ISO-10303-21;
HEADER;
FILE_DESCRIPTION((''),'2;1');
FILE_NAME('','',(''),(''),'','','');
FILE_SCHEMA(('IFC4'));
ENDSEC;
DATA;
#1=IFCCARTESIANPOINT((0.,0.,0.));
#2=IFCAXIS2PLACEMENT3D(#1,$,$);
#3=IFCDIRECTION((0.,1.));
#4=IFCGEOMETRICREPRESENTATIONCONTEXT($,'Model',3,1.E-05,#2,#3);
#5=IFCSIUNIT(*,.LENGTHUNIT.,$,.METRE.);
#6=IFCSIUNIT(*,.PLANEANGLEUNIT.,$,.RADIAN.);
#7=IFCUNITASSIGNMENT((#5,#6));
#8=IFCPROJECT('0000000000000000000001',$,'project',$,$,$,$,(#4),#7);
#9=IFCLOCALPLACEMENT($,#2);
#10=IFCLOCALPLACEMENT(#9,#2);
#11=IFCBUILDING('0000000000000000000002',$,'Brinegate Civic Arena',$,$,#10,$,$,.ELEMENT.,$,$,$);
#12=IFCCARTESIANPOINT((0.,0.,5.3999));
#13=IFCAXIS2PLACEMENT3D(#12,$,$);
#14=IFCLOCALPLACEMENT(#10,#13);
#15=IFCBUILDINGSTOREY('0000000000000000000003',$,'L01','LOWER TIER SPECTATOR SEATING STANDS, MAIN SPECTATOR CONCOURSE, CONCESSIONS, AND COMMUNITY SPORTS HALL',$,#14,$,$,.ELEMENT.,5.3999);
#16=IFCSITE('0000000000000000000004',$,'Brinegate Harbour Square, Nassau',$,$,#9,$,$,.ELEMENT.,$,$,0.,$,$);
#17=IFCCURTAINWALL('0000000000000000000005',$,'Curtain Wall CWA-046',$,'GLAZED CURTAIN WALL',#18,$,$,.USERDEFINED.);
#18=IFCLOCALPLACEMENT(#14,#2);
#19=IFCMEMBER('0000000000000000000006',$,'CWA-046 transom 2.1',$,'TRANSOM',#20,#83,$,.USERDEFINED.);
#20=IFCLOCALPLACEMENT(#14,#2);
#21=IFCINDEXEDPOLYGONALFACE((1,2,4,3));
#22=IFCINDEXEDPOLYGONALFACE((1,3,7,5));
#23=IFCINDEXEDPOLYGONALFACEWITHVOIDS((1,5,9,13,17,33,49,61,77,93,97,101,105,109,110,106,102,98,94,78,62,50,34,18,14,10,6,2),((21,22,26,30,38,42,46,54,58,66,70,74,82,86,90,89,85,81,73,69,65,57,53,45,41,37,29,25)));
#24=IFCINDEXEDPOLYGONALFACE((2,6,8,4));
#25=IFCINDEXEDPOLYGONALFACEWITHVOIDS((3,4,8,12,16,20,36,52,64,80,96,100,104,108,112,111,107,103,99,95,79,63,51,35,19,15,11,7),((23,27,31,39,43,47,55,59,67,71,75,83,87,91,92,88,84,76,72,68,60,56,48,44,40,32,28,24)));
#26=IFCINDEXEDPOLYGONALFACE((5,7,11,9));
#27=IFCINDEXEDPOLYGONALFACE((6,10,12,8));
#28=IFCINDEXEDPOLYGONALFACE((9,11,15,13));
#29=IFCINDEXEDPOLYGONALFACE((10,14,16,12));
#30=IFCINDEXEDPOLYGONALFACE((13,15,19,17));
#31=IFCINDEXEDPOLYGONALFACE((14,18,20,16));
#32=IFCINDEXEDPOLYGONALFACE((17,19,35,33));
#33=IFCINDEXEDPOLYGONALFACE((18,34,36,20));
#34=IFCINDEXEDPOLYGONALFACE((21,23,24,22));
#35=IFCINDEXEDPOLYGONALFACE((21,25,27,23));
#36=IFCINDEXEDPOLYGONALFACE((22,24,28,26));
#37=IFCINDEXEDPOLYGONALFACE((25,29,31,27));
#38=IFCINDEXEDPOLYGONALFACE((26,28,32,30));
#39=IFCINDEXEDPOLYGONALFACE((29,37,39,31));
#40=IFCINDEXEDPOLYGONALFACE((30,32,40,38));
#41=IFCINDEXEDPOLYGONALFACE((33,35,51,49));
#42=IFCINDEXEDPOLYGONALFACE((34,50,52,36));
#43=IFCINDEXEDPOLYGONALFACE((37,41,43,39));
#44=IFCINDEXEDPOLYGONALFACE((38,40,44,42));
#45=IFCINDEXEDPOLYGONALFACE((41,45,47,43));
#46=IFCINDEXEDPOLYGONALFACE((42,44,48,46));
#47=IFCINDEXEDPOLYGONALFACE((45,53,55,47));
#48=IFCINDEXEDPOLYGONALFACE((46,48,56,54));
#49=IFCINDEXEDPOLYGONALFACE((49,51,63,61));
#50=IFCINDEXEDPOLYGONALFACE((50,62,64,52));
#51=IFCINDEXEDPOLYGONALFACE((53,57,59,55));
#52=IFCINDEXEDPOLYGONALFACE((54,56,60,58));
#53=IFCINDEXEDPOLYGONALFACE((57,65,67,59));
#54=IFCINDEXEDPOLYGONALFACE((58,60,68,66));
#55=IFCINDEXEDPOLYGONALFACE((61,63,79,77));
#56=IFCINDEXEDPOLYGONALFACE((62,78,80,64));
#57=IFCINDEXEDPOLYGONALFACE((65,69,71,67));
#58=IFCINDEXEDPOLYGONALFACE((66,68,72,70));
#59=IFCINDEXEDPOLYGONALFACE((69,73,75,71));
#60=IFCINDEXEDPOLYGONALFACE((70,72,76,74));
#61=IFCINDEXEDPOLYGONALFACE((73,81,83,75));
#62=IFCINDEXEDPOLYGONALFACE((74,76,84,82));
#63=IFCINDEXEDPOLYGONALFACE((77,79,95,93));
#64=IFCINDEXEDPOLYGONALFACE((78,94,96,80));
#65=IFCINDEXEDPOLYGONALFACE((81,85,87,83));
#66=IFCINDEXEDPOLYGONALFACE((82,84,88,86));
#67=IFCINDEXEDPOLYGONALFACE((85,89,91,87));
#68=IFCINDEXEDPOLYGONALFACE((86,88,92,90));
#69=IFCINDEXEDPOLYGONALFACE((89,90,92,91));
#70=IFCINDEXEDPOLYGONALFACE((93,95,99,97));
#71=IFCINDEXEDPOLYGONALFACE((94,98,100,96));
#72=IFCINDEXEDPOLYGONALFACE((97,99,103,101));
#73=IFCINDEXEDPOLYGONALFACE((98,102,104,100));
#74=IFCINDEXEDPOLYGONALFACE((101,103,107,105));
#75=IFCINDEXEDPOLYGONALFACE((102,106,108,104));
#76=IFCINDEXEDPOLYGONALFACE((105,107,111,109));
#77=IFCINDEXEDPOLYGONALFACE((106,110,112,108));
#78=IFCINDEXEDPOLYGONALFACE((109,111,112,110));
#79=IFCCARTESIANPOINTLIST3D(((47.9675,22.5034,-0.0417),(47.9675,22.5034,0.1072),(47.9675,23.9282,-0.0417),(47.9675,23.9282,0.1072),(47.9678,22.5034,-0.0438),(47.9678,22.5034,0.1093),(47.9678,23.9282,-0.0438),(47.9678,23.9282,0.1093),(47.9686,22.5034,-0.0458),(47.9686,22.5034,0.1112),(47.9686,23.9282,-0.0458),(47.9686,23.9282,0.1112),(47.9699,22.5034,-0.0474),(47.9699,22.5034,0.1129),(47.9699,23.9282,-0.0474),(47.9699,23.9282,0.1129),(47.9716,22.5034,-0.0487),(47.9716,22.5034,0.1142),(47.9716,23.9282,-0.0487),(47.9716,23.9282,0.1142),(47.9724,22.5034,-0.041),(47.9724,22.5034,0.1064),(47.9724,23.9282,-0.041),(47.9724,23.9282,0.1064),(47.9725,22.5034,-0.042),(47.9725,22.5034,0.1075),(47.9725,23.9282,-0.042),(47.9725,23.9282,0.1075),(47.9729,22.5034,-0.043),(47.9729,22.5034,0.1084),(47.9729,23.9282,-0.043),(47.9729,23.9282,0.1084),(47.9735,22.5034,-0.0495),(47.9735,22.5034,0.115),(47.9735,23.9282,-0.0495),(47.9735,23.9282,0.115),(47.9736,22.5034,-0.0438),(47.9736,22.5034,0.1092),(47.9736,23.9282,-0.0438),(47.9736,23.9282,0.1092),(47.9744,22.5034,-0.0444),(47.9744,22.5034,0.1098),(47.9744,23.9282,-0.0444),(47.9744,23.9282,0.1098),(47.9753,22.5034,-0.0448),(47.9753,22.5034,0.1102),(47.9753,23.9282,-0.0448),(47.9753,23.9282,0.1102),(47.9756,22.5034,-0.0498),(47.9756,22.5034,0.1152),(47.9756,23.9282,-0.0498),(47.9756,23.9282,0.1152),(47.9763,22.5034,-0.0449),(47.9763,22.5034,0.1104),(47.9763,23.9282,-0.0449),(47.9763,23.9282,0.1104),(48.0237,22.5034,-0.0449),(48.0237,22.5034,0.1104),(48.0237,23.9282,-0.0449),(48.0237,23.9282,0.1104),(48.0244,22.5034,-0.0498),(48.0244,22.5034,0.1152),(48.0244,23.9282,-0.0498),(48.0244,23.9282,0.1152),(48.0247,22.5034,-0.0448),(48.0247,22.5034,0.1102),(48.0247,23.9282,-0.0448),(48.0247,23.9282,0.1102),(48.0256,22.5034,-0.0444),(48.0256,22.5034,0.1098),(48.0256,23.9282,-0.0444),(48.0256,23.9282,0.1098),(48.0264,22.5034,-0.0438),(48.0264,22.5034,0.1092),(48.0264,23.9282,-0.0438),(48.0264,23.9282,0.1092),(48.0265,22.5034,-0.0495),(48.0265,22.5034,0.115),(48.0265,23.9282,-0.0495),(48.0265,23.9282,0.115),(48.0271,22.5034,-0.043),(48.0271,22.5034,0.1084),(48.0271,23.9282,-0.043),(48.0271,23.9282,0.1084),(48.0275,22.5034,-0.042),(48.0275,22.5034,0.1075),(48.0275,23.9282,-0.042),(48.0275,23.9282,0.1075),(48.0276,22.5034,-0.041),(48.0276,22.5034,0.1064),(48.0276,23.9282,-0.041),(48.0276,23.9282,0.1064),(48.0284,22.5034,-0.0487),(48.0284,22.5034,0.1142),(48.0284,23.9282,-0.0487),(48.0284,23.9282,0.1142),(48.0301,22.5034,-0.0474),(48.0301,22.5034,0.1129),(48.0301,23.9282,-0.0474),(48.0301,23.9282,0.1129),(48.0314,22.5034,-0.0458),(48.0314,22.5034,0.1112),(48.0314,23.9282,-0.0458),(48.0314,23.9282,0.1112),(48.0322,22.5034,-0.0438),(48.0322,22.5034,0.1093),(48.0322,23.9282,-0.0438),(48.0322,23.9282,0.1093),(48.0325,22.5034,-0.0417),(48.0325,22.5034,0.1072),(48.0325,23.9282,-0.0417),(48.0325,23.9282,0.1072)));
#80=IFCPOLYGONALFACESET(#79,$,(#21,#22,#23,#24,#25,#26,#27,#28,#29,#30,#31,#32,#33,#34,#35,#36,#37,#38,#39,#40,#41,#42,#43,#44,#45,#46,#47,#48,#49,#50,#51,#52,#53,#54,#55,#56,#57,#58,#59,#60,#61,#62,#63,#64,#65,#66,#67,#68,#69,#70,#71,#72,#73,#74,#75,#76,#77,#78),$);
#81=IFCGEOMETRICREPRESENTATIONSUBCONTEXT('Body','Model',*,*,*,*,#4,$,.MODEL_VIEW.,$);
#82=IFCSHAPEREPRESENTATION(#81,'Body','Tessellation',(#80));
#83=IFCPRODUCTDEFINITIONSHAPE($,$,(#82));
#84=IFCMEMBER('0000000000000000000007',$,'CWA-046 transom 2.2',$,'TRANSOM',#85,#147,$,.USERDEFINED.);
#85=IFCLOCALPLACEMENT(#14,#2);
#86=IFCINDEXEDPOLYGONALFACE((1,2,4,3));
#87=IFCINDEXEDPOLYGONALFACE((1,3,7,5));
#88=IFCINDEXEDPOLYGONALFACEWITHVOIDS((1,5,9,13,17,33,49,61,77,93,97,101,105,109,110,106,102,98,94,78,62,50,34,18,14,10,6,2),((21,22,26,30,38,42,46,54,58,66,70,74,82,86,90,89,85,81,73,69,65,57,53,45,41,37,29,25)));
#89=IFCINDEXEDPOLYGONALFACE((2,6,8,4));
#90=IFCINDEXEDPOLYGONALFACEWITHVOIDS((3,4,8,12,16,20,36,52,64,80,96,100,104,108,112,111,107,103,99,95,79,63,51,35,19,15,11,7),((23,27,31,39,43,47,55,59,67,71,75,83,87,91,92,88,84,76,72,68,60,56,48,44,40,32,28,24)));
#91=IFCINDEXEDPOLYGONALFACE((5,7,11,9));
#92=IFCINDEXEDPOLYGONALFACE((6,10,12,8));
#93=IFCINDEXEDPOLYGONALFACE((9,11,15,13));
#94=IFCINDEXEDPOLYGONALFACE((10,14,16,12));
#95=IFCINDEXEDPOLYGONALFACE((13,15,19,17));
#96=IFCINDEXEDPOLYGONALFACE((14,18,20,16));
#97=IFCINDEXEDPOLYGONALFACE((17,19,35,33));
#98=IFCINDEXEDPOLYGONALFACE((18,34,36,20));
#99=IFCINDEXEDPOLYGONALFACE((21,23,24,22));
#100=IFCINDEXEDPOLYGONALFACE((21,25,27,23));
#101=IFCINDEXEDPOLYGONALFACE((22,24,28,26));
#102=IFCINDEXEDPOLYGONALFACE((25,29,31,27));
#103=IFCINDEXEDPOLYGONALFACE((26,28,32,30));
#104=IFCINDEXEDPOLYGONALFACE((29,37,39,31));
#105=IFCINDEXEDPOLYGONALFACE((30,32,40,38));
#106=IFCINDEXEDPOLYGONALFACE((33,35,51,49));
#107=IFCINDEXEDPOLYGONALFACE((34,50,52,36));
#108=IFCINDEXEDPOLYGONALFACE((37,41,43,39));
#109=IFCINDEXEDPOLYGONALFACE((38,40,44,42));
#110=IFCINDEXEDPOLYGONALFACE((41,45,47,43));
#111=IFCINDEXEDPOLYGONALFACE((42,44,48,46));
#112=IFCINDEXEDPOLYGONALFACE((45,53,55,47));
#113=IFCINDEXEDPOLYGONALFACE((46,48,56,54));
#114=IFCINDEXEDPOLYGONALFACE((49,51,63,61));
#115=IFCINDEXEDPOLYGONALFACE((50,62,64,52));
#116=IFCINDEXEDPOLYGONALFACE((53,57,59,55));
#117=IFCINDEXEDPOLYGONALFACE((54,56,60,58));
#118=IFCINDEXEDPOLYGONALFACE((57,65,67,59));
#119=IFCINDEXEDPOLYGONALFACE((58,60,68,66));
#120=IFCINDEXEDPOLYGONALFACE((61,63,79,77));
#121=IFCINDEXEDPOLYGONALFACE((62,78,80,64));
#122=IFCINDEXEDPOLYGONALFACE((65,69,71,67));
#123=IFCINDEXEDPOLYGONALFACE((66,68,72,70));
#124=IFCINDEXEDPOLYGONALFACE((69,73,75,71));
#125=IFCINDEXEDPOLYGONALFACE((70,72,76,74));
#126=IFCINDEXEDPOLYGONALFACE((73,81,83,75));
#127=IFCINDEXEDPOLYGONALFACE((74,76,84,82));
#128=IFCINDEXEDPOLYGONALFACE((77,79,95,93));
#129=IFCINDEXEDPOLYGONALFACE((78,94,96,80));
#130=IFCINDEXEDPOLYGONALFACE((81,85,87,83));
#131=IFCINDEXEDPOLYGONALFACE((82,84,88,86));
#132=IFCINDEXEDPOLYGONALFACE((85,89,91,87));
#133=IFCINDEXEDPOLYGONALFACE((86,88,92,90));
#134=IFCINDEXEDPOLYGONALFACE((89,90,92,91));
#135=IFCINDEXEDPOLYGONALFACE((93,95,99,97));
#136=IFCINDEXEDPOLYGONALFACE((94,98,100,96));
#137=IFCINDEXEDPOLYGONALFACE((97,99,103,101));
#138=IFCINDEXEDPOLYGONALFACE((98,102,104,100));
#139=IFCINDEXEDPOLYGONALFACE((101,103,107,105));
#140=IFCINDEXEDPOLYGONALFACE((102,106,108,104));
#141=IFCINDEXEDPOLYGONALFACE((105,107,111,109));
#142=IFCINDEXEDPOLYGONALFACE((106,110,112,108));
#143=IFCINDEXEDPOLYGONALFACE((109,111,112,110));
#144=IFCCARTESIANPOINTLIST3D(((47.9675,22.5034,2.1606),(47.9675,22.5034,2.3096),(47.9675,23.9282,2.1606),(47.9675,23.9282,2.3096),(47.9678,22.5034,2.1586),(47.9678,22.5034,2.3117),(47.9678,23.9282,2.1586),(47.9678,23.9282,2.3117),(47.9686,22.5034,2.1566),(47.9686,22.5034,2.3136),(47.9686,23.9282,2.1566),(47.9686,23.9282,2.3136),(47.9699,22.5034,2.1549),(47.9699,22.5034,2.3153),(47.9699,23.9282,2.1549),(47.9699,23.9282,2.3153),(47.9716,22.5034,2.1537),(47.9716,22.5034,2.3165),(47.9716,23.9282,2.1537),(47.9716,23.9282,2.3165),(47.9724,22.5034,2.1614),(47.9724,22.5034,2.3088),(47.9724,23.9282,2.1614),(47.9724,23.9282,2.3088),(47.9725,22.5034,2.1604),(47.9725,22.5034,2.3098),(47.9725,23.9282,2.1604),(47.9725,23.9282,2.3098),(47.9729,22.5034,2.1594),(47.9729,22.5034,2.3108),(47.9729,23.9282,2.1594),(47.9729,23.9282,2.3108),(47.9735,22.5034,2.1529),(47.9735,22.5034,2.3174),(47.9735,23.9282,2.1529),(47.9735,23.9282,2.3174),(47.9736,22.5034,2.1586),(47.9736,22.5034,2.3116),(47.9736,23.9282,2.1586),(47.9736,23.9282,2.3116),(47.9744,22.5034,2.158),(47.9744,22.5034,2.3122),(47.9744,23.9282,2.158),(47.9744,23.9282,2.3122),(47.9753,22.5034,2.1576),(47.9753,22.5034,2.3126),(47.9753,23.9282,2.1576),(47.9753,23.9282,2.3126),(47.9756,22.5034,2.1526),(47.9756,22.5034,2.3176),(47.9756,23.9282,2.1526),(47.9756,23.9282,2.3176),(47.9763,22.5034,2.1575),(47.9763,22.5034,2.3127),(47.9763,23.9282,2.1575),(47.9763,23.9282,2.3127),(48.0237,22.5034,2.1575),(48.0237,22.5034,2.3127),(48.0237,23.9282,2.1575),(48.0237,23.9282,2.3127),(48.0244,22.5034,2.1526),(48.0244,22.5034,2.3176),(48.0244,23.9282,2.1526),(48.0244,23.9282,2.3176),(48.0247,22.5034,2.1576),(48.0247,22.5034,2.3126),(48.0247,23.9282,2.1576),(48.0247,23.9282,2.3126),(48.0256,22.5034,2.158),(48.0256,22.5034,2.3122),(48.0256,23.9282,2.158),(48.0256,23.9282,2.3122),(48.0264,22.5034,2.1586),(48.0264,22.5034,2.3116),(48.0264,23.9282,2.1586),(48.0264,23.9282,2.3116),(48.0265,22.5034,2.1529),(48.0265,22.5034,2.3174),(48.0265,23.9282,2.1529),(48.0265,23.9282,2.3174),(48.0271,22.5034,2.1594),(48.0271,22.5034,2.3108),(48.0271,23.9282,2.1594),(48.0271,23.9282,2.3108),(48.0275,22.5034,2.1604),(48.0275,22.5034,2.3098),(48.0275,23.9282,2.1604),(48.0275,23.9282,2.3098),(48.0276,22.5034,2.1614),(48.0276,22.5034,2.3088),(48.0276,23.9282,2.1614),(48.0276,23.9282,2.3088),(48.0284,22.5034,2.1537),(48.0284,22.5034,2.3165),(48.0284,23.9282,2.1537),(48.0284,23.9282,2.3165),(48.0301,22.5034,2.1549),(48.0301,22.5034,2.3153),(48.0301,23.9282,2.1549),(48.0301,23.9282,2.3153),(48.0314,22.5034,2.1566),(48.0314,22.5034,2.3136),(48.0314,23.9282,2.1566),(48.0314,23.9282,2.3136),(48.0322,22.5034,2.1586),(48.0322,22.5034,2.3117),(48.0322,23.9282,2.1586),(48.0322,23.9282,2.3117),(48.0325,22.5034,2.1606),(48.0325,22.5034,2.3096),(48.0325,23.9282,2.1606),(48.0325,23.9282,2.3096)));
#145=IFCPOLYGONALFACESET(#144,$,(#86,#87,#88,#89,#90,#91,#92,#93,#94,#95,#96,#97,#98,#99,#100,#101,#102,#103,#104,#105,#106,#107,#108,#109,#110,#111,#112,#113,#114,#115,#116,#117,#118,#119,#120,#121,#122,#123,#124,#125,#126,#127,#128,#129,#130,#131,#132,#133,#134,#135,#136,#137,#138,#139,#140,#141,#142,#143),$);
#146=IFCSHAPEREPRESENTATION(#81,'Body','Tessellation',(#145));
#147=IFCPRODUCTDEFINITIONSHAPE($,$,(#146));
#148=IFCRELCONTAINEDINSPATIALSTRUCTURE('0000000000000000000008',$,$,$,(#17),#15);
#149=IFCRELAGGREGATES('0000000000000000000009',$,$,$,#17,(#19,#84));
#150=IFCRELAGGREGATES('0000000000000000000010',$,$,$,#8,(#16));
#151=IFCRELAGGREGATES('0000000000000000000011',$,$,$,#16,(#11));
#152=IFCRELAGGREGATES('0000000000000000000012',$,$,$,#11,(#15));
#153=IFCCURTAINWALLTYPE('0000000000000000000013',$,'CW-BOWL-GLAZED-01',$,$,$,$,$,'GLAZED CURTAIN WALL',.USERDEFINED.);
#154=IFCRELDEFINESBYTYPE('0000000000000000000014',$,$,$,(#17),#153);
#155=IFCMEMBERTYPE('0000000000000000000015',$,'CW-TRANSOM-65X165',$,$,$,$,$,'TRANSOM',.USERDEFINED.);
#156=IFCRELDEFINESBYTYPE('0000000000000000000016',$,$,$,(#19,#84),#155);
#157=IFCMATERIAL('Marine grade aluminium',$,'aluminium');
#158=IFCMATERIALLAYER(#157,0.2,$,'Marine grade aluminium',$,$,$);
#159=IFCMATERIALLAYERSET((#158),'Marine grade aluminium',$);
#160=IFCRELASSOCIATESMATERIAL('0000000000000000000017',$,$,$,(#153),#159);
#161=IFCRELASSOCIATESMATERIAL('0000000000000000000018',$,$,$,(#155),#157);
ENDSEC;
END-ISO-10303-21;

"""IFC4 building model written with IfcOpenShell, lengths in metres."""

from ifc_helpers import new_model, si_unit, direction, frame, origin, origin_2d, place, context, subcontext, project, spatial, hollow_rectangle, extrude, material, layer, layer_set, material_profile, profile_set, type_object, element, aggregate, save


model = new_model("IFC4")

# Units and contexts
model_context = context("Model", 3, precision=1e-05, world=origin(), true_north=direction((0.0, 1.0)))
body_context = subcontext(model_context, "Body", "Model", "MODEL_VIEW")
ifc_project = project(units=[si_unit("LENGTHUNIT", "METRE"), si_unit("PLANEANGLEUNIT", "RADIAN")], contexts=[model_context])

# Site, building, storey
site_placement = place(None, origin())
site = spatial("IfcSite", under=ifc_project, at=site_placement, Name="Brinegate Harbour Square, Nassau", CompositionType="ELEMENT", RefElevation=0.0)
building_placement = place(site_placement, origin())
building = spatial("IfcBuilding", under=site, at=building_placement, Name="Brinegate Civic Arena", CompositionType="ELEMENT")
storey_placement = place(building_placement, frame((0.0, 0.0, 5.3999)))
storey = spatial("IfcBuildingStorey", under=building, at=storey_placement, Name="L01", Description="LOWER TIER SPECTATOR SEATING STANDS, MAIN SPECTATOR CONCOURSE, CONCESSIONS, AND COMMUNITY SPORTS HALL", CompositionType="ELEMENT", Elevation=5.3999)

# Curtain wall
ifc_material_1 = material(Name="Marine grade aluminium", Category="aluminium")
ifc_layer_1 = layer(ifc_material_1, 0.2, Name="Marine grade aluminium")
ifc_layer_set_1 = layer_set([ifc_layer_1], Name="Marine grade aluminium")
curtain_wall_type = type_object("IfcCurtainWallType", Name="CW-BOWL-GLAZED-01", ElementType="GLAZED CURTAIN WALL", PredefinedType="USERDEFINED", material=ifc_layer_set_1)
curtain_wall_1_placement = place(storey_placement, origin())
curtain_wall_1 = element("IfcCurtainWall", 1, at=curtain_wall_1_placement, inside=storey, type_object=curtain_wall_type, Name="Curtain Wall CWA-046", ObjectType="GLAZED CURTAIN WALL", PredefinedType="USERDEFINED")

# Members
ifc_material_profile_1 = material_profile(ifc_material_1, hollow_rectangle(XDim=0.0649, YDim=0.165, WallThickness=0.0049, InnerFilletRadius=0.0039, OuterFilletRadius=0.0081, at=origin_2d()), Name="TRN65X165")
ifc_profile_set_1 = profile_set([ifc_material_profile_1], Name="Marine grade aluminium")
member_type_1 = type_object("IfcMemberType", Name="CW-TRANSOM-65X165", ElementType="TRANSOM", PredefinedType="USERDEFINED", material=ifc_profile_set_1)
member_1_placement = place(storey_placement, frame((48.0, 22.5034, 0.0327), z_axis=(0.0, 1.0, 0.0), x_axis=(-1.0, 0.0, 0.0)))
member_1 = element("IfcMember", 2, at=member_1_placement, type_object=member_type_1, Name="CWA-046 transom 2.1", ObjectType="TRANSOM", PredefinedType="USERDEFINED", context=body_context, shape_type="SweptSolid", body=[
    extrude(hollow_rectangle(XDim=0.0649, YDim=0.165, WallThickness=0.0049, InnerFilletRadius=0.0039, OuterFilletRadius=0.0081, at=origin_2d()), origin(), (0.0, 0.0, 1.0), 1.4248),
])
member_2_placement = place(storey_placement, frame((48.0, 22.5034, 2.2351), z_axis=(0.0, 1.0, 0.0), x_axis=(-1.0, 0.0, 0.0)))
member_2 = element("IfcMember", 3, at=member_2_placement, type_object=member_type_1, Name="CWA-046 transom 2.2", ObjectType="TRANSOM", PredefinedType="USERDEFINED", context=body_context, shape_type="SweptSolid", body=[
    extrude(hollow_rectangle(XDim=0.0649, YDim=0.165, WallThickness=0.0049, InnerFilletRadius=0.0039, OuterFilletRadius=0.0081, at=origin_2d()), origin(), (0.0, 0.0, 1.0), 1.4248),
])

aggregate(curtain_wall_1, [member_1, member_2])

save(model, "model.ifc")
